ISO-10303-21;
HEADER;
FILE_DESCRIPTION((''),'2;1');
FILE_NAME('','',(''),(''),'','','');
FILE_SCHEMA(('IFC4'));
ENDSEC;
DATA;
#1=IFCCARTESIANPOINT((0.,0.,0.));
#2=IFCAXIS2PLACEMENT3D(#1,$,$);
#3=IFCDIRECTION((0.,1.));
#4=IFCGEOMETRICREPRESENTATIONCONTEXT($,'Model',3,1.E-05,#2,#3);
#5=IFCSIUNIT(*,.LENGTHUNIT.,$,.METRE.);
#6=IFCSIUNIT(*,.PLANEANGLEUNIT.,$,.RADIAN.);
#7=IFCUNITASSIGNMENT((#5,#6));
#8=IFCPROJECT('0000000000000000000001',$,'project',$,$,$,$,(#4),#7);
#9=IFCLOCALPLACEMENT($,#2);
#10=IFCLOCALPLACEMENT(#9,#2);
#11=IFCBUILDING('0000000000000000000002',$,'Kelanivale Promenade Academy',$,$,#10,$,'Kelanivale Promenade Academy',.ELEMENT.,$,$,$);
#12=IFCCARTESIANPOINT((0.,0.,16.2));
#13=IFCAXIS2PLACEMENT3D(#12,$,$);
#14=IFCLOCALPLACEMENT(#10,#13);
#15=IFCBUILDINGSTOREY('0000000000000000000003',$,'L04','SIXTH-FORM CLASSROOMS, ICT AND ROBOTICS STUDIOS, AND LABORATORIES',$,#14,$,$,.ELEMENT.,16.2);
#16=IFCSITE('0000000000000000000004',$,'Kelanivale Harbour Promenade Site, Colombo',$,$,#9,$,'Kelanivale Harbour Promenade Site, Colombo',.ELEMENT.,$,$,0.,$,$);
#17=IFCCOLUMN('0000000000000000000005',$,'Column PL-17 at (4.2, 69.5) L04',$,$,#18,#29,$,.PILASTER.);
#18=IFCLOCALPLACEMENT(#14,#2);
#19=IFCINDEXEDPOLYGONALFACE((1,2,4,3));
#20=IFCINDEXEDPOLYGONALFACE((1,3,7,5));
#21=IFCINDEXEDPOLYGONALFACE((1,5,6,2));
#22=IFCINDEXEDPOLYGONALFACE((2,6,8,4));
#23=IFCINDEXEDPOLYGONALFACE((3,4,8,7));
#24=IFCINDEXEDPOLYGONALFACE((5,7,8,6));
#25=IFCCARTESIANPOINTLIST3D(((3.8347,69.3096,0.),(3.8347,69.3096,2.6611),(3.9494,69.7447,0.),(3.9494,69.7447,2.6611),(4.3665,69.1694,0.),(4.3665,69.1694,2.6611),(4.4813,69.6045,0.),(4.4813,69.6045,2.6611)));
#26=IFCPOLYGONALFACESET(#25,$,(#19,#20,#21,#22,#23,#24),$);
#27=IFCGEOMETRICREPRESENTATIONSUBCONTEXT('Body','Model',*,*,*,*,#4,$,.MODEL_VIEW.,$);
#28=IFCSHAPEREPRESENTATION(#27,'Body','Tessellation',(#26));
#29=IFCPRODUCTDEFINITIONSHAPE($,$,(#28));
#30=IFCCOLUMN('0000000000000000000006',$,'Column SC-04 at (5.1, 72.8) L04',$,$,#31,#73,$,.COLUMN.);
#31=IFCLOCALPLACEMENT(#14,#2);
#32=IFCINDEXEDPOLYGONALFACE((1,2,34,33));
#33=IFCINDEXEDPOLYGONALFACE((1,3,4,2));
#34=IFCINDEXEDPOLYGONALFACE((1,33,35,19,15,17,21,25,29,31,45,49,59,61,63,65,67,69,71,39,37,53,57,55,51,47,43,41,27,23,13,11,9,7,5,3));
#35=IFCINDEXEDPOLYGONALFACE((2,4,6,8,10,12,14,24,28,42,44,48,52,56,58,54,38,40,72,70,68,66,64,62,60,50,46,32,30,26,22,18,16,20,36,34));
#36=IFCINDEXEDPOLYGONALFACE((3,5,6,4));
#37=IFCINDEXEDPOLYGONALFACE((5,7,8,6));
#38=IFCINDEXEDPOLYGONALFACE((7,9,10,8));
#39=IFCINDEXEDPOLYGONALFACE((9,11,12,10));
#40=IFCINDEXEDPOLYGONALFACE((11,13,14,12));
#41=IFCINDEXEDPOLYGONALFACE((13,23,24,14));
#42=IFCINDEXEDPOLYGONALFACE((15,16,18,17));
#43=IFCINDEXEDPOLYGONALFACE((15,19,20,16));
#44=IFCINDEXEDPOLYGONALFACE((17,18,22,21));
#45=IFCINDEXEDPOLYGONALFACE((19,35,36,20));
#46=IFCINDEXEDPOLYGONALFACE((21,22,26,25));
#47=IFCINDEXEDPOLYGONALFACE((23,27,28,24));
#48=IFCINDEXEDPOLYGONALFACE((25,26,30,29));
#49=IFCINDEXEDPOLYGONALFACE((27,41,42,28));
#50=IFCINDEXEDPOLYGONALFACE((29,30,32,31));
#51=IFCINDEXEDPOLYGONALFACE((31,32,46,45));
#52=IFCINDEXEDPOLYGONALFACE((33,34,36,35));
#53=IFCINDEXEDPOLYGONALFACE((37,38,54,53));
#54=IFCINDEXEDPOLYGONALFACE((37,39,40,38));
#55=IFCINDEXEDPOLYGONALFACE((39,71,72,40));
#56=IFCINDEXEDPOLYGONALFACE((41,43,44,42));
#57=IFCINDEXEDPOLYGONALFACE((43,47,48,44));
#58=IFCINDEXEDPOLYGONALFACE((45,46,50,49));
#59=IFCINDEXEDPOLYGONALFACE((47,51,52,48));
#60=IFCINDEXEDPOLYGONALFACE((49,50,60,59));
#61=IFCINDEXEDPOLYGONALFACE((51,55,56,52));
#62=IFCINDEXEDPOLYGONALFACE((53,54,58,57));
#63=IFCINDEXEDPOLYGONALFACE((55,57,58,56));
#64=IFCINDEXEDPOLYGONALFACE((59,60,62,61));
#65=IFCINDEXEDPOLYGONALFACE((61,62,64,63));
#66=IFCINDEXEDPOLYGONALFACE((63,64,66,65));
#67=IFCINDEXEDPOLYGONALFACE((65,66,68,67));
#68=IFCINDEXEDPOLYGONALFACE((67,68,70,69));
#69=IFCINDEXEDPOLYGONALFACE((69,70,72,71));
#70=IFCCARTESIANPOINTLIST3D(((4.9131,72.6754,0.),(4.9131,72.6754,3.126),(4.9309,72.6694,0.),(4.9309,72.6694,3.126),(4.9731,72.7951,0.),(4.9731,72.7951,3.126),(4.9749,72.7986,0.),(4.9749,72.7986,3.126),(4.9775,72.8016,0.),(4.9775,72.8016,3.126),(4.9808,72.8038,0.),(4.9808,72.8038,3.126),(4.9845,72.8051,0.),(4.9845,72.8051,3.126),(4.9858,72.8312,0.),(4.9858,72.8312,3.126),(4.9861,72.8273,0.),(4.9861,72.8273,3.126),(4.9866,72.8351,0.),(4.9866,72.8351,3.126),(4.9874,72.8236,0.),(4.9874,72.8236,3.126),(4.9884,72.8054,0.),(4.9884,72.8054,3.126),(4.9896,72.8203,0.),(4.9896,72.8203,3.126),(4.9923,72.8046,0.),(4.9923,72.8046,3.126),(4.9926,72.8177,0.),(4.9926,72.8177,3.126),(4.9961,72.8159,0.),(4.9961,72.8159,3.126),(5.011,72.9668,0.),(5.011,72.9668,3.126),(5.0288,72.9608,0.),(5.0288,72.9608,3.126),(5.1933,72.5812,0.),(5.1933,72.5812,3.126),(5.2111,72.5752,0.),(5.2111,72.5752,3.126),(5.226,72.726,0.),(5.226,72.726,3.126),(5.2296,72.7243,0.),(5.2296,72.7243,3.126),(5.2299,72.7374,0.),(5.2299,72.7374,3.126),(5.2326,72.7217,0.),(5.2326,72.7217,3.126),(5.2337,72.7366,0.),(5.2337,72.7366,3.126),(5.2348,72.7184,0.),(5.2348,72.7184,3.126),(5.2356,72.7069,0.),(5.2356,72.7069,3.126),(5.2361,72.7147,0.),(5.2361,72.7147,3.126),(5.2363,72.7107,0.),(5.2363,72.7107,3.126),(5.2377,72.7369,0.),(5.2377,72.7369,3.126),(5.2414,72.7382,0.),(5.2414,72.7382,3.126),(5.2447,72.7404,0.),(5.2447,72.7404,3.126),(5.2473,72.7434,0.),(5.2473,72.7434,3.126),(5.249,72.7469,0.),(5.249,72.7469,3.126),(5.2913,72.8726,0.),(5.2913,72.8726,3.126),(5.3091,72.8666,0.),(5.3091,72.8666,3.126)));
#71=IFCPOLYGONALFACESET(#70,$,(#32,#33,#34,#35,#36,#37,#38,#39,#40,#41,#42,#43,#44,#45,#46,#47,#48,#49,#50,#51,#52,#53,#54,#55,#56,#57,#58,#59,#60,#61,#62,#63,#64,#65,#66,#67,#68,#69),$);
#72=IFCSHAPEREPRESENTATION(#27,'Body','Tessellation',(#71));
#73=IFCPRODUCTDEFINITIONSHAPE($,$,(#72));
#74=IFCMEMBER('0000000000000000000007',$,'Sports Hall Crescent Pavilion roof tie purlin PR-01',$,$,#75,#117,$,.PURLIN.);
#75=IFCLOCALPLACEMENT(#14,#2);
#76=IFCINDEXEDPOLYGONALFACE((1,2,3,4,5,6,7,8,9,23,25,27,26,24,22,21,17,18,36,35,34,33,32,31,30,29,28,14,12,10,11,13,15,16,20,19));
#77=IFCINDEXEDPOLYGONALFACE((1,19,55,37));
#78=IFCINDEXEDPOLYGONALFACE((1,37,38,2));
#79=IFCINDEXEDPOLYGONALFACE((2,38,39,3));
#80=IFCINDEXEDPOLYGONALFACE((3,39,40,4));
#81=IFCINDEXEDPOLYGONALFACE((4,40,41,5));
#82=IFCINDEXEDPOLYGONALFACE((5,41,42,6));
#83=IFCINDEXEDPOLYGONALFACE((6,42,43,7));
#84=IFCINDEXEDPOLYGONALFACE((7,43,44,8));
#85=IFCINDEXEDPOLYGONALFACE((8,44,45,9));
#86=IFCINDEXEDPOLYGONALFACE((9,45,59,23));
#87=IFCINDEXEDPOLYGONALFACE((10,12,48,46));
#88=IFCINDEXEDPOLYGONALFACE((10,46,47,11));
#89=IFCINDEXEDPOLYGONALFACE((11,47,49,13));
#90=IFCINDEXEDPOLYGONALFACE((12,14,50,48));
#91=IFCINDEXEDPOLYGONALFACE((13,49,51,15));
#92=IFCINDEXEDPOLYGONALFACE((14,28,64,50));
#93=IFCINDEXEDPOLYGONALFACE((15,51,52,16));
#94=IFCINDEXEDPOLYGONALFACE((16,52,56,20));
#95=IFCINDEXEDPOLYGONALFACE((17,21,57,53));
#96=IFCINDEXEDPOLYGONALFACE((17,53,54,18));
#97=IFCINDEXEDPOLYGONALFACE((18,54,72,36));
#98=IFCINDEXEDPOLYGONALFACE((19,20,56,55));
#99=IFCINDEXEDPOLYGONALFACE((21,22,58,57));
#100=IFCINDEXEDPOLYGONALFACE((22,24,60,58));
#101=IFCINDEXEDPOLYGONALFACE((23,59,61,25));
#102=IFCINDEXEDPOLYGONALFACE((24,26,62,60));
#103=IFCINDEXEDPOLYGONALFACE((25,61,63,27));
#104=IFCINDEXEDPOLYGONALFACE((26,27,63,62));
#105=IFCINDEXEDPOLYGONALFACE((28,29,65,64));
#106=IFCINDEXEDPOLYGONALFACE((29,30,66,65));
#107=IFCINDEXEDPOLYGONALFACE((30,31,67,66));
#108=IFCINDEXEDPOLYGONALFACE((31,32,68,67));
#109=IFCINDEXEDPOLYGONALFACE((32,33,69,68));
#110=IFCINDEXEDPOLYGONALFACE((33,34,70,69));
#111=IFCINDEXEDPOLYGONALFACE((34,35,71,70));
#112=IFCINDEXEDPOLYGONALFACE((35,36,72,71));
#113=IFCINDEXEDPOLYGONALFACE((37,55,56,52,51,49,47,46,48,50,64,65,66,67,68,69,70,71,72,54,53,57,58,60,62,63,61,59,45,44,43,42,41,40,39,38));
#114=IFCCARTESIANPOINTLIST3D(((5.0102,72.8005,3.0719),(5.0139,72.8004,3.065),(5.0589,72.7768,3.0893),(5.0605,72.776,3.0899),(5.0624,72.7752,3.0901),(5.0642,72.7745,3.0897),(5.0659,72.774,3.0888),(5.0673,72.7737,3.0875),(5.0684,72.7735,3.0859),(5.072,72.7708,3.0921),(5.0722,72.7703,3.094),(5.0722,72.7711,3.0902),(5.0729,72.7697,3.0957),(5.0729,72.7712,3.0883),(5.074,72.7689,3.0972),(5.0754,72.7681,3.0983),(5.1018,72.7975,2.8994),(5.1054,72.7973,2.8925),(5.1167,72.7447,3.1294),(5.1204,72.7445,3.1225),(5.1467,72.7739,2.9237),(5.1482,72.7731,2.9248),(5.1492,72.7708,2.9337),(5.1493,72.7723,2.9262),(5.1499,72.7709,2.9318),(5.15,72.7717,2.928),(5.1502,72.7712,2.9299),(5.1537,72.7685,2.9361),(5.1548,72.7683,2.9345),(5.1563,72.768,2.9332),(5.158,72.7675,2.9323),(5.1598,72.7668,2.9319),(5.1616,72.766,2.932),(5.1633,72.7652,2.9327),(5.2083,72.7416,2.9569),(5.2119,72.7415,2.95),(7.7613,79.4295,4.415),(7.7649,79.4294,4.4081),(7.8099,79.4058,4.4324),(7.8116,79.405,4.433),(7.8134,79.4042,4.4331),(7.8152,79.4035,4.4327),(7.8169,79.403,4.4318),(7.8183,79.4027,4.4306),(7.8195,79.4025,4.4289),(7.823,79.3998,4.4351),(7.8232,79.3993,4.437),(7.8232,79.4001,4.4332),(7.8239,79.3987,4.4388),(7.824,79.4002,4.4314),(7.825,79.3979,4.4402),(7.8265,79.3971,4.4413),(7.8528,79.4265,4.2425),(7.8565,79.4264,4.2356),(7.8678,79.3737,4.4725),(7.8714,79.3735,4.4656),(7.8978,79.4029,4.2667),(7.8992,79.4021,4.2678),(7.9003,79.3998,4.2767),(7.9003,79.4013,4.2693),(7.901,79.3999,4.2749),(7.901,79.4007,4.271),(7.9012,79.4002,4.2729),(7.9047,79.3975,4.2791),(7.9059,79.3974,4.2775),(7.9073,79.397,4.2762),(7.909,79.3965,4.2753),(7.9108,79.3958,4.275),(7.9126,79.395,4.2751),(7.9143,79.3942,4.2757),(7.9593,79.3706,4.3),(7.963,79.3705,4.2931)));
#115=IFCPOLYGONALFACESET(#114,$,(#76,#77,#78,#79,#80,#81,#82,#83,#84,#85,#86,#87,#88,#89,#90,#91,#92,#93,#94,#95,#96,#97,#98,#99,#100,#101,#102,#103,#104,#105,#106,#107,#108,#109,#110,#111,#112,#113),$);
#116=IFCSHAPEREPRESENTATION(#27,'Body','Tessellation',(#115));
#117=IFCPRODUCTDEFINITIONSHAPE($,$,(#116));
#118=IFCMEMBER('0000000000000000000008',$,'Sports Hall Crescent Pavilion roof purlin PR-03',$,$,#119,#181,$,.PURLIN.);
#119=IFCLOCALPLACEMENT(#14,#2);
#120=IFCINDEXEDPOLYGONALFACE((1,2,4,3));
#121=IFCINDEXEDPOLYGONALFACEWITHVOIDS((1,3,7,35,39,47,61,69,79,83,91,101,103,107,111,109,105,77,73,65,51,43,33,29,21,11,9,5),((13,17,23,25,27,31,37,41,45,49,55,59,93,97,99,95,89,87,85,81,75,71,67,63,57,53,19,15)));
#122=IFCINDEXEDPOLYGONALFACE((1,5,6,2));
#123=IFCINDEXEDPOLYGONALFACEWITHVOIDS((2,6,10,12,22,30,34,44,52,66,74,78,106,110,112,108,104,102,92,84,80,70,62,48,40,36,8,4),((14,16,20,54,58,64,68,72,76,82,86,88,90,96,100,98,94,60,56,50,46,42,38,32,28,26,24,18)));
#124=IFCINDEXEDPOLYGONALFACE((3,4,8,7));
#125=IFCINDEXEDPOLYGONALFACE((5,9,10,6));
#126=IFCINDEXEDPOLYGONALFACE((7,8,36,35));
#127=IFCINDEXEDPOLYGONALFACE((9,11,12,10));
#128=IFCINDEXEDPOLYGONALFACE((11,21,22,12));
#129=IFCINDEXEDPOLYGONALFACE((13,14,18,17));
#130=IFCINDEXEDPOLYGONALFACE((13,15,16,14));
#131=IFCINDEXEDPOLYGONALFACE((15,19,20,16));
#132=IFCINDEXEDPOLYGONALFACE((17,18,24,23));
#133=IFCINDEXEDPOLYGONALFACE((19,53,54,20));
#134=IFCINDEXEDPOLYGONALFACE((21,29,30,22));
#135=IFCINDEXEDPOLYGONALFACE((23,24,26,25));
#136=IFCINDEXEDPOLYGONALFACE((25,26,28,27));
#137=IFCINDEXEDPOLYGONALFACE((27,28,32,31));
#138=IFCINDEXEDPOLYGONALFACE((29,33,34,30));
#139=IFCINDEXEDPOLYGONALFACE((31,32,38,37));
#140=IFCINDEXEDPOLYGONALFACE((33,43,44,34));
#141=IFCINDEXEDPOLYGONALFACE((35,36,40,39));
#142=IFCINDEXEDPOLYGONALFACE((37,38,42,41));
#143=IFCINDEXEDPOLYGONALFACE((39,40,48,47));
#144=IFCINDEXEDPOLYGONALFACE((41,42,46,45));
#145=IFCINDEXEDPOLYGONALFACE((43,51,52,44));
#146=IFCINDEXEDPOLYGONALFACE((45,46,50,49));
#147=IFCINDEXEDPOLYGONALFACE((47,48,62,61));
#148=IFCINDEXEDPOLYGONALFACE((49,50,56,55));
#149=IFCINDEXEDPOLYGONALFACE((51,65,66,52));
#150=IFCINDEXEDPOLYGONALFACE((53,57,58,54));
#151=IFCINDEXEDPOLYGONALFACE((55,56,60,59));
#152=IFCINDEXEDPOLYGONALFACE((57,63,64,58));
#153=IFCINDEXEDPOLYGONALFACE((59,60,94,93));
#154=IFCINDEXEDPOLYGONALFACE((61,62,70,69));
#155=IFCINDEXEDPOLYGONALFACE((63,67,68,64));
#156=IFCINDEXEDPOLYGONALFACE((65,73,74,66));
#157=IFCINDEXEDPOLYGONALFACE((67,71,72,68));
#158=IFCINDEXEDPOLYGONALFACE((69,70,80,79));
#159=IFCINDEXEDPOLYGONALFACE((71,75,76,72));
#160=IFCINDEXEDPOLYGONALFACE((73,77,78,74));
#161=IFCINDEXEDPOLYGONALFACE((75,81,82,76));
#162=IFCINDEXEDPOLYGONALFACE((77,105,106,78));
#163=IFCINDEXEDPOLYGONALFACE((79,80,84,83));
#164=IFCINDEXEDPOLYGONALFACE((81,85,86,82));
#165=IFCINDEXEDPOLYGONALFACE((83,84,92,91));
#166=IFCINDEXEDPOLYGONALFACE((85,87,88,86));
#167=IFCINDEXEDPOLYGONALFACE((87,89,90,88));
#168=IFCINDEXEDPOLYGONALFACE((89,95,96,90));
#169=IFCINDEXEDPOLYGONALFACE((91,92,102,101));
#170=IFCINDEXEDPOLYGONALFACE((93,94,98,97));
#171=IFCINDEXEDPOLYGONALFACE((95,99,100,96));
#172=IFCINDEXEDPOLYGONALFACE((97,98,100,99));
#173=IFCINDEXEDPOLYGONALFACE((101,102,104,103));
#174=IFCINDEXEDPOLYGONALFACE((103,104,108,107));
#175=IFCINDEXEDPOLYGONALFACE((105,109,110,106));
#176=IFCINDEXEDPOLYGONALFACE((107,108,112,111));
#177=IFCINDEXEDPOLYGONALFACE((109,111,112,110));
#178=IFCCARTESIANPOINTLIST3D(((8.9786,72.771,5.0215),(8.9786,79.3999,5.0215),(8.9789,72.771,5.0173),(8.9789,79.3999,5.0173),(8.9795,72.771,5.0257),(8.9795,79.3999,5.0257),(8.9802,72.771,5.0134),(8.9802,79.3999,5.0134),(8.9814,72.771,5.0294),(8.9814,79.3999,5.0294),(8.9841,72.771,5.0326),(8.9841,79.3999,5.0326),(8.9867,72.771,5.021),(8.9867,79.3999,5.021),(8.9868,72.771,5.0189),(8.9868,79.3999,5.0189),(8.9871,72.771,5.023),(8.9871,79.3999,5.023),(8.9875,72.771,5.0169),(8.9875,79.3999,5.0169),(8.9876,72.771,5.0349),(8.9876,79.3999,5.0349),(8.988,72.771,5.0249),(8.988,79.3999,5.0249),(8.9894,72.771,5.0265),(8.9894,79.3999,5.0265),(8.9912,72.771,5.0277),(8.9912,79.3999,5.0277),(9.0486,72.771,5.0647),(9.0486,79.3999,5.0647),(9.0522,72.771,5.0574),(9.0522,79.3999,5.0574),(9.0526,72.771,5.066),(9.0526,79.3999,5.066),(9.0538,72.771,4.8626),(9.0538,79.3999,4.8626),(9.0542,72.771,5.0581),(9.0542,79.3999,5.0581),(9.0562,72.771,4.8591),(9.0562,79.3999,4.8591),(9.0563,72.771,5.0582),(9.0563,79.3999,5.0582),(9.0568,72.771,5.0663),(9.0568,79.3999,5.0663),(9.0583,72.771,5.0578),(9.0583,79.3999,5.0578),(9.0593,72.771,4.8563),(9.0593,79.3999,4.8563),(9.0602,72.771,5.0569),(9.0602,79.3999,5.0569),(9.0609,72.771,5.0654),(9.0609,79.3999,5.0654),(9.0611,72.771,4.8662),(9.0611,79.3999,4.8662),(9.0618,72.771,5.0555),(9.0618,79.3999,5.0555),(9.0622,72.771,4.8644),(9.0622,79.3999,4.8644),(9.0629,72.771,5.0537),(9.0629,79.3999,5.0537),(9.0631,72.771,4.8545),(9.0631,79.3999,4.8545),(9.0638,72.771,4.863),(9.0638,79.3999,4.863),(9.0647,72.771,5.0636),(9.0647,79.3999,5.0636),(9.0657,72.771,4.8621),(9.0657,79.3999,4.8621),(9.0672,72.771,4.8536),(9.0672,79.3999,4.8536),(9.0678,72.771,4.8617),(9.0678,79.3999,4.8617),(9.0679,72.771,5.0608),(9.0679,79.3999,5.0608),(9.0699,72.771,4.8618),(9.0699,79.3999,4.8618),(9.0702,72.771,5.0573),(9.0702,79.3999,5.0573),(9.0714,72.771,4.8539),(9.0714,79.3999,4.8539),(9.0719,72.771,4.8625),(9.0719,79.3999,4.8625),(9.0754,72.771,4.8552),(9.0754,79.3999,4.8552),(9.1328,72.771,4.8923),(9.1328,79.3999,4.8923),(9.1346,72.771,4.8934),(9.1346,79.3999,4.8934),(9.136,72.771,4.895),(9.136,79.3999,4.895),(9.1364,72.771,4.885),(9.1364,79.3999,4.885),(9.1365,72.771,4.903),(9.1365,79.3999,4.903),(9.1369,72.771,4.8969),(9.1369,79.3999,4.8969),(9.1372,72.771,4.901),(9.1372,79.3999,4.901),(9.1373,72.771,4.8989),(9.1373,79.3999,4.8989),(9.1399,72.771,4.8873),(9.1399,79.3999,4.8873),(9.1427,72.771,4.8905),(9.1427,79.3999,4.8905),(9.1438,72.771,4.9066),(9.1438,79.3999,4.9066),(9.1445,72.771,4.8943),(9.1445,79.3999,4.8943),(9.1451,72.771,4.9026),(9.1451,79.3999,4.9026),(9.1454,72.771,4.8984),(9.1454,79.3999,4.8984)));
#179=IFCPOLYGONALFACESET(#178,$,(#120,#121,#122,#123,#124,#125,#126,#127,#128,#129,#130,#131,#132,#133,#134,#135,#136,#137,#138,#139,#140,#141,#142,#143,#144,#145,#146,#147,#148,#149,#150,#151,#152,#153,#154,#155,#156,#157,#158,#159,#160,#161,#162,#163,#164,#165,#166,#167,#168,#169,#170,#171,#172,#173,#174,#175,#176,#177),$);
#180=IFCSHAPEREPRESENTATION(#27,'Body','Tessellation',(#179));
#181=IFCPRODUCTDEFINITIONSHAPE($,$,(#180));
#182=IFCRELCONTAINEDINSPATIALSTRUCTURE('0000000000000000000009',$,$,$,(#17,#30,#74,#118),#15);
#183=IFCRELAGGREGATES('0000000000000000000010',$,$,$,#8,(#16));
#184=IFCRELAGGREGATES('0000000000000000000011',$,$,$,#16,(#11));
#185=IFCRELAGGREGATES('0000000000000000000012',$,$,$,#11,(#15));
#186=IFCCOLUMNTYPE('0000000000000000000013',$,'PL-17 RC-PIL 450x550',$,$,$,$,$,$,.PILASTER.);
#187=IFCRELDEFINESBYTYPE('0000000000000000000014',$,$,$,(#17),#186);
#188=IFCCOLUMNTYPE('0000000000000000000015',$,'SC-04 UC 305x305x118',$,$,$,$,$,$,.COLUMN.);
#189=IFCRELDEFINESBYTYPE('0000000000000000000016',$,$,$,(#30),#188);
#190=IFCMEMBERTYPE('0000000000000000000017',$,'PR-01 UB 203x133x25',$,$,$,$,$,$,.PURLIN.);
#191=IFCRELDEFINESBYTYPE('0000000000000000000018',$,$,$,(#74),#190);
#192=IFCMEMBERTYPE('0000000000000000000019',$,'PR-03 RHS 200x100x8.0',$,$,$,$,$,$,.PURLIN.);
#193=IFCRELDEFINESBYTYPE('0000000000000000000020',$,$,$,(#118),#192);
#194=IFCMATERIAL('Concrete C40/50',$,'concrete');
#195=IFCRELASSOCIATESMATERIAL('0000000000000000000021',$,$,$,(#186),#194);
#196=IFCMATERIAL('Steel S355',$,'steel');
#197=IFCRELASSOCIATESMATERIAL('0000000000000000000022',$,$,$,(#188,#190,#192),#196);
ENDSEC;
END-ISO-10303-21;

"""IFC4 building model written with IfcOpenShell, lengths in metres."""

from ifc_helpers import new_model, si_unit, direction, frame, origin, origin_2d, place, context, subcontext, project, spatial, rectangle, hollow_rectangle, i_section, extrude, material, material_profile, profile_set, type_object, element, save


model = new_model("IFC4")

# Units and contexts
model_context = context("Model", 3, precision=1e-05, world=origin(), true_north=direction((0.0, 1.0)))
body_context = subcontext(model_context, "Body", "Model", "MODEL_VIEW")
ifc_project = project(units=[si_unit("LENGTHUNIT", "METRE"), si_unit("PLANEANGLEUNIT", "RADIAN")], contexts=[model_context])

# Site, building, storey
site_placement = place(None, origin())
site = spatial("IfcSite", under=ifc_project, at=site_placement, Name="Kelanivale Harbour Promenade Site, Colombo", LongName="Kelanivale Harbour Promenade Site, Colombo", CompositionType="ELEMENT", RefElevation=0.0)
building_placement = place(site_placement, origin())
building = spatial("IfcBuilding", under=site, at=building_placement, Name="Kelanivale Promenade Academy", LongName="Kelanivale Promenade Academy", CompositionType="ELEMENT")
storey_placement = place(building_placement, frame((0.0, 0.0, 16.2)))
storey = spatial("IfcBuildingStorey", under=building, at=storey_placement, Name="L04", Description="SIXTH-FORM CLASSROOMS, ICT AND ROBOTICS STUDIOS, AND LABORATORIES", CompositionType="ELEMENT", Elevation=16.2)

# Columns
ifc_material_1 = material(Name="Concrete C40/50", Category="concrete")
ifc_material_profile_1 = material_profile(ifc_material_1, rectangle(XDim=0.45, YDim=0.55, at=origin_2d()), Name="RC-PIL 450x550")
ifc_profile_set_1 = profile_set([ifc_material_profile_1], Name="Concrete C40/50")
column_type_1 = type_object("IfcColumnType", Name="PL-17 RC-PIL 450x550", PredefinedType="PILASTER", material=ifc_profile_set_1)
column_1_placement = place(storey_placement, frame((4.158, 69.457, 0.0), z_axis=(0.0, 0.0, 1.0), x_axis=(0.254939, 0.966957, 0.0)))
element("IfcColumn", 1, at=column_1_placement, inside=storey, type_object=column_type_1, Name="Column PL-17 at (4.2, 69.5) L04", PredefinedType="PILASTER", context=body_context, shape_type="SweptSolid", body=[
    extrude(rectangle(XDim=0.45, YDim=0.55, at=origin_2d()), origin(), (0.0, 0.0, 1.0), 2.6611),
])
ifc_material_2 = material(Name="Steel S355", Category="steel")
ifc_material_profile_2 = material_profile(ifc_material_2, i_section(OverallWidth=0.3074, OverallDepth=0.3145, WebThickness=0.012, FlangeThickness=0.0188, FilletRadius=0.0151, at=origin_2d()), Name="UC 305x305x118")
ifc_profile_set_2 = profile_set([ifc_material_profile_2], Name="Steel S355")
column_type_2 = type_object("IfcColumnType", Name="SC-04 UC 305x305x118", PredefinedType="COLUMN", material=ifc_profile_set_2)
column_2_placement = place(storey_placement, frame((5.1111, 72.771, 0.0), z_axis=(0.0, 0.0, 1.0), x_axis=(0.318628, 0.94788, 0.0)))
element("IfcColumn", 2, at=column_2_placement, inside=storey, type_object=column_type_2, Name="Column SC-04 at (5.1, 72.8) L04", PredefinedType="COLUMN", context=body_context, shape_type="SweptSolid", body=[
    extrude(i_section(OverallWidth=0.3074, OverallDepth=0.3145, WebThickness=0.012, FlangeThickness=0.0188, FilletRadius=0.0151, at=origin_2d()), origin(), (0.0, 0.0, 1.0), 3.126),
])

# Members
ifc_material_profile_3 = material_profile(ifc_material_2, i_section(OverallWidth=0.1333, OverallDepth=0.2031, WebThickness=0.0056, FlangeThickness=0.0078, FilletRadius=0.0076, at=origin_2d()), Name="UB 203x133x25")
ifc_profile_set_3 = profile_set([ifc_material_profile_3], Name="Steel S355")
member_type_1 = type_object("IfcMemberType", Name="PR-01 UB 203x133x25", PredefinedType="PURLIN", material=ifc_profile_set_3)
member_1_placement = place(storey_placement, frame((5.1111, 72.771, 3.011), z_axis=(0.376761, 0.907865, 0.183934), x_axis=(-0.798996, 0.418973, -0.431354)))
element("IfcMember", 3, at=member_1_placement, inside=storey, type_object=member_type_1, Name="Sports Hall Crescent Pavilion roof tie purlin PR-01", PredefinedType="PURLIN", context=body_context, shape_type="SweptSolid", body=[
    extrude(i_section(OverallWidth=0.1333, OverallDepth=0.2031, WebThickness=0.0056, FlangeThickness=0.0078, FilletRadius=0.0076, at=origin_2d()), origin(), (0.0, 0.0, 1.0), 7.3018),
])
ifc_material_profile_4 = material_profile(ifc_material_2, hollow_rectangle(XDim=0.1001, YDim=0.2, WallThickness=0.0081, InnerFilletRadius=0.0081, OuterFilletRadius=0.0161, at=origin_2d()), Name="RHS 200x100x8.0")
ifc_profile_set_4 = profile_set([ifc_material_profile_4], Name="Steel S355")
member_type_2 = type_object("IfcMemberType", Name="PR-03 RHS 200x100x8.0", PredefinedType="PURLIN", material=ifc_profile_set_4)
member_2_placement = place(storey_placement, frame((9.062, 72.771, 4.96), z_axis=(0.0, 1.0, 0.0), x_axis=(-0.898564, 0.0, -0.438842)))
element("IfcMember", 4, at=member_2_placement, inside=storey, type_object=member_type_2, Name="Sports Hall Crescent Pavilion roof purlin PR-03", PredefinedType="PURLIN", context=body_context, shape_type="SweptSolid", body=[
    extrude(hollow_rectangle(XDim=0.1001, YDim=0.2, WallThickness=0.0081, InnerFilletRadius=0.0081, OuterFilletRadius=0.0161, at=origin_2d()), origin(), (0.0, 0.0, 1.0), 6.6289),
])

save(model, "model.ifc")
